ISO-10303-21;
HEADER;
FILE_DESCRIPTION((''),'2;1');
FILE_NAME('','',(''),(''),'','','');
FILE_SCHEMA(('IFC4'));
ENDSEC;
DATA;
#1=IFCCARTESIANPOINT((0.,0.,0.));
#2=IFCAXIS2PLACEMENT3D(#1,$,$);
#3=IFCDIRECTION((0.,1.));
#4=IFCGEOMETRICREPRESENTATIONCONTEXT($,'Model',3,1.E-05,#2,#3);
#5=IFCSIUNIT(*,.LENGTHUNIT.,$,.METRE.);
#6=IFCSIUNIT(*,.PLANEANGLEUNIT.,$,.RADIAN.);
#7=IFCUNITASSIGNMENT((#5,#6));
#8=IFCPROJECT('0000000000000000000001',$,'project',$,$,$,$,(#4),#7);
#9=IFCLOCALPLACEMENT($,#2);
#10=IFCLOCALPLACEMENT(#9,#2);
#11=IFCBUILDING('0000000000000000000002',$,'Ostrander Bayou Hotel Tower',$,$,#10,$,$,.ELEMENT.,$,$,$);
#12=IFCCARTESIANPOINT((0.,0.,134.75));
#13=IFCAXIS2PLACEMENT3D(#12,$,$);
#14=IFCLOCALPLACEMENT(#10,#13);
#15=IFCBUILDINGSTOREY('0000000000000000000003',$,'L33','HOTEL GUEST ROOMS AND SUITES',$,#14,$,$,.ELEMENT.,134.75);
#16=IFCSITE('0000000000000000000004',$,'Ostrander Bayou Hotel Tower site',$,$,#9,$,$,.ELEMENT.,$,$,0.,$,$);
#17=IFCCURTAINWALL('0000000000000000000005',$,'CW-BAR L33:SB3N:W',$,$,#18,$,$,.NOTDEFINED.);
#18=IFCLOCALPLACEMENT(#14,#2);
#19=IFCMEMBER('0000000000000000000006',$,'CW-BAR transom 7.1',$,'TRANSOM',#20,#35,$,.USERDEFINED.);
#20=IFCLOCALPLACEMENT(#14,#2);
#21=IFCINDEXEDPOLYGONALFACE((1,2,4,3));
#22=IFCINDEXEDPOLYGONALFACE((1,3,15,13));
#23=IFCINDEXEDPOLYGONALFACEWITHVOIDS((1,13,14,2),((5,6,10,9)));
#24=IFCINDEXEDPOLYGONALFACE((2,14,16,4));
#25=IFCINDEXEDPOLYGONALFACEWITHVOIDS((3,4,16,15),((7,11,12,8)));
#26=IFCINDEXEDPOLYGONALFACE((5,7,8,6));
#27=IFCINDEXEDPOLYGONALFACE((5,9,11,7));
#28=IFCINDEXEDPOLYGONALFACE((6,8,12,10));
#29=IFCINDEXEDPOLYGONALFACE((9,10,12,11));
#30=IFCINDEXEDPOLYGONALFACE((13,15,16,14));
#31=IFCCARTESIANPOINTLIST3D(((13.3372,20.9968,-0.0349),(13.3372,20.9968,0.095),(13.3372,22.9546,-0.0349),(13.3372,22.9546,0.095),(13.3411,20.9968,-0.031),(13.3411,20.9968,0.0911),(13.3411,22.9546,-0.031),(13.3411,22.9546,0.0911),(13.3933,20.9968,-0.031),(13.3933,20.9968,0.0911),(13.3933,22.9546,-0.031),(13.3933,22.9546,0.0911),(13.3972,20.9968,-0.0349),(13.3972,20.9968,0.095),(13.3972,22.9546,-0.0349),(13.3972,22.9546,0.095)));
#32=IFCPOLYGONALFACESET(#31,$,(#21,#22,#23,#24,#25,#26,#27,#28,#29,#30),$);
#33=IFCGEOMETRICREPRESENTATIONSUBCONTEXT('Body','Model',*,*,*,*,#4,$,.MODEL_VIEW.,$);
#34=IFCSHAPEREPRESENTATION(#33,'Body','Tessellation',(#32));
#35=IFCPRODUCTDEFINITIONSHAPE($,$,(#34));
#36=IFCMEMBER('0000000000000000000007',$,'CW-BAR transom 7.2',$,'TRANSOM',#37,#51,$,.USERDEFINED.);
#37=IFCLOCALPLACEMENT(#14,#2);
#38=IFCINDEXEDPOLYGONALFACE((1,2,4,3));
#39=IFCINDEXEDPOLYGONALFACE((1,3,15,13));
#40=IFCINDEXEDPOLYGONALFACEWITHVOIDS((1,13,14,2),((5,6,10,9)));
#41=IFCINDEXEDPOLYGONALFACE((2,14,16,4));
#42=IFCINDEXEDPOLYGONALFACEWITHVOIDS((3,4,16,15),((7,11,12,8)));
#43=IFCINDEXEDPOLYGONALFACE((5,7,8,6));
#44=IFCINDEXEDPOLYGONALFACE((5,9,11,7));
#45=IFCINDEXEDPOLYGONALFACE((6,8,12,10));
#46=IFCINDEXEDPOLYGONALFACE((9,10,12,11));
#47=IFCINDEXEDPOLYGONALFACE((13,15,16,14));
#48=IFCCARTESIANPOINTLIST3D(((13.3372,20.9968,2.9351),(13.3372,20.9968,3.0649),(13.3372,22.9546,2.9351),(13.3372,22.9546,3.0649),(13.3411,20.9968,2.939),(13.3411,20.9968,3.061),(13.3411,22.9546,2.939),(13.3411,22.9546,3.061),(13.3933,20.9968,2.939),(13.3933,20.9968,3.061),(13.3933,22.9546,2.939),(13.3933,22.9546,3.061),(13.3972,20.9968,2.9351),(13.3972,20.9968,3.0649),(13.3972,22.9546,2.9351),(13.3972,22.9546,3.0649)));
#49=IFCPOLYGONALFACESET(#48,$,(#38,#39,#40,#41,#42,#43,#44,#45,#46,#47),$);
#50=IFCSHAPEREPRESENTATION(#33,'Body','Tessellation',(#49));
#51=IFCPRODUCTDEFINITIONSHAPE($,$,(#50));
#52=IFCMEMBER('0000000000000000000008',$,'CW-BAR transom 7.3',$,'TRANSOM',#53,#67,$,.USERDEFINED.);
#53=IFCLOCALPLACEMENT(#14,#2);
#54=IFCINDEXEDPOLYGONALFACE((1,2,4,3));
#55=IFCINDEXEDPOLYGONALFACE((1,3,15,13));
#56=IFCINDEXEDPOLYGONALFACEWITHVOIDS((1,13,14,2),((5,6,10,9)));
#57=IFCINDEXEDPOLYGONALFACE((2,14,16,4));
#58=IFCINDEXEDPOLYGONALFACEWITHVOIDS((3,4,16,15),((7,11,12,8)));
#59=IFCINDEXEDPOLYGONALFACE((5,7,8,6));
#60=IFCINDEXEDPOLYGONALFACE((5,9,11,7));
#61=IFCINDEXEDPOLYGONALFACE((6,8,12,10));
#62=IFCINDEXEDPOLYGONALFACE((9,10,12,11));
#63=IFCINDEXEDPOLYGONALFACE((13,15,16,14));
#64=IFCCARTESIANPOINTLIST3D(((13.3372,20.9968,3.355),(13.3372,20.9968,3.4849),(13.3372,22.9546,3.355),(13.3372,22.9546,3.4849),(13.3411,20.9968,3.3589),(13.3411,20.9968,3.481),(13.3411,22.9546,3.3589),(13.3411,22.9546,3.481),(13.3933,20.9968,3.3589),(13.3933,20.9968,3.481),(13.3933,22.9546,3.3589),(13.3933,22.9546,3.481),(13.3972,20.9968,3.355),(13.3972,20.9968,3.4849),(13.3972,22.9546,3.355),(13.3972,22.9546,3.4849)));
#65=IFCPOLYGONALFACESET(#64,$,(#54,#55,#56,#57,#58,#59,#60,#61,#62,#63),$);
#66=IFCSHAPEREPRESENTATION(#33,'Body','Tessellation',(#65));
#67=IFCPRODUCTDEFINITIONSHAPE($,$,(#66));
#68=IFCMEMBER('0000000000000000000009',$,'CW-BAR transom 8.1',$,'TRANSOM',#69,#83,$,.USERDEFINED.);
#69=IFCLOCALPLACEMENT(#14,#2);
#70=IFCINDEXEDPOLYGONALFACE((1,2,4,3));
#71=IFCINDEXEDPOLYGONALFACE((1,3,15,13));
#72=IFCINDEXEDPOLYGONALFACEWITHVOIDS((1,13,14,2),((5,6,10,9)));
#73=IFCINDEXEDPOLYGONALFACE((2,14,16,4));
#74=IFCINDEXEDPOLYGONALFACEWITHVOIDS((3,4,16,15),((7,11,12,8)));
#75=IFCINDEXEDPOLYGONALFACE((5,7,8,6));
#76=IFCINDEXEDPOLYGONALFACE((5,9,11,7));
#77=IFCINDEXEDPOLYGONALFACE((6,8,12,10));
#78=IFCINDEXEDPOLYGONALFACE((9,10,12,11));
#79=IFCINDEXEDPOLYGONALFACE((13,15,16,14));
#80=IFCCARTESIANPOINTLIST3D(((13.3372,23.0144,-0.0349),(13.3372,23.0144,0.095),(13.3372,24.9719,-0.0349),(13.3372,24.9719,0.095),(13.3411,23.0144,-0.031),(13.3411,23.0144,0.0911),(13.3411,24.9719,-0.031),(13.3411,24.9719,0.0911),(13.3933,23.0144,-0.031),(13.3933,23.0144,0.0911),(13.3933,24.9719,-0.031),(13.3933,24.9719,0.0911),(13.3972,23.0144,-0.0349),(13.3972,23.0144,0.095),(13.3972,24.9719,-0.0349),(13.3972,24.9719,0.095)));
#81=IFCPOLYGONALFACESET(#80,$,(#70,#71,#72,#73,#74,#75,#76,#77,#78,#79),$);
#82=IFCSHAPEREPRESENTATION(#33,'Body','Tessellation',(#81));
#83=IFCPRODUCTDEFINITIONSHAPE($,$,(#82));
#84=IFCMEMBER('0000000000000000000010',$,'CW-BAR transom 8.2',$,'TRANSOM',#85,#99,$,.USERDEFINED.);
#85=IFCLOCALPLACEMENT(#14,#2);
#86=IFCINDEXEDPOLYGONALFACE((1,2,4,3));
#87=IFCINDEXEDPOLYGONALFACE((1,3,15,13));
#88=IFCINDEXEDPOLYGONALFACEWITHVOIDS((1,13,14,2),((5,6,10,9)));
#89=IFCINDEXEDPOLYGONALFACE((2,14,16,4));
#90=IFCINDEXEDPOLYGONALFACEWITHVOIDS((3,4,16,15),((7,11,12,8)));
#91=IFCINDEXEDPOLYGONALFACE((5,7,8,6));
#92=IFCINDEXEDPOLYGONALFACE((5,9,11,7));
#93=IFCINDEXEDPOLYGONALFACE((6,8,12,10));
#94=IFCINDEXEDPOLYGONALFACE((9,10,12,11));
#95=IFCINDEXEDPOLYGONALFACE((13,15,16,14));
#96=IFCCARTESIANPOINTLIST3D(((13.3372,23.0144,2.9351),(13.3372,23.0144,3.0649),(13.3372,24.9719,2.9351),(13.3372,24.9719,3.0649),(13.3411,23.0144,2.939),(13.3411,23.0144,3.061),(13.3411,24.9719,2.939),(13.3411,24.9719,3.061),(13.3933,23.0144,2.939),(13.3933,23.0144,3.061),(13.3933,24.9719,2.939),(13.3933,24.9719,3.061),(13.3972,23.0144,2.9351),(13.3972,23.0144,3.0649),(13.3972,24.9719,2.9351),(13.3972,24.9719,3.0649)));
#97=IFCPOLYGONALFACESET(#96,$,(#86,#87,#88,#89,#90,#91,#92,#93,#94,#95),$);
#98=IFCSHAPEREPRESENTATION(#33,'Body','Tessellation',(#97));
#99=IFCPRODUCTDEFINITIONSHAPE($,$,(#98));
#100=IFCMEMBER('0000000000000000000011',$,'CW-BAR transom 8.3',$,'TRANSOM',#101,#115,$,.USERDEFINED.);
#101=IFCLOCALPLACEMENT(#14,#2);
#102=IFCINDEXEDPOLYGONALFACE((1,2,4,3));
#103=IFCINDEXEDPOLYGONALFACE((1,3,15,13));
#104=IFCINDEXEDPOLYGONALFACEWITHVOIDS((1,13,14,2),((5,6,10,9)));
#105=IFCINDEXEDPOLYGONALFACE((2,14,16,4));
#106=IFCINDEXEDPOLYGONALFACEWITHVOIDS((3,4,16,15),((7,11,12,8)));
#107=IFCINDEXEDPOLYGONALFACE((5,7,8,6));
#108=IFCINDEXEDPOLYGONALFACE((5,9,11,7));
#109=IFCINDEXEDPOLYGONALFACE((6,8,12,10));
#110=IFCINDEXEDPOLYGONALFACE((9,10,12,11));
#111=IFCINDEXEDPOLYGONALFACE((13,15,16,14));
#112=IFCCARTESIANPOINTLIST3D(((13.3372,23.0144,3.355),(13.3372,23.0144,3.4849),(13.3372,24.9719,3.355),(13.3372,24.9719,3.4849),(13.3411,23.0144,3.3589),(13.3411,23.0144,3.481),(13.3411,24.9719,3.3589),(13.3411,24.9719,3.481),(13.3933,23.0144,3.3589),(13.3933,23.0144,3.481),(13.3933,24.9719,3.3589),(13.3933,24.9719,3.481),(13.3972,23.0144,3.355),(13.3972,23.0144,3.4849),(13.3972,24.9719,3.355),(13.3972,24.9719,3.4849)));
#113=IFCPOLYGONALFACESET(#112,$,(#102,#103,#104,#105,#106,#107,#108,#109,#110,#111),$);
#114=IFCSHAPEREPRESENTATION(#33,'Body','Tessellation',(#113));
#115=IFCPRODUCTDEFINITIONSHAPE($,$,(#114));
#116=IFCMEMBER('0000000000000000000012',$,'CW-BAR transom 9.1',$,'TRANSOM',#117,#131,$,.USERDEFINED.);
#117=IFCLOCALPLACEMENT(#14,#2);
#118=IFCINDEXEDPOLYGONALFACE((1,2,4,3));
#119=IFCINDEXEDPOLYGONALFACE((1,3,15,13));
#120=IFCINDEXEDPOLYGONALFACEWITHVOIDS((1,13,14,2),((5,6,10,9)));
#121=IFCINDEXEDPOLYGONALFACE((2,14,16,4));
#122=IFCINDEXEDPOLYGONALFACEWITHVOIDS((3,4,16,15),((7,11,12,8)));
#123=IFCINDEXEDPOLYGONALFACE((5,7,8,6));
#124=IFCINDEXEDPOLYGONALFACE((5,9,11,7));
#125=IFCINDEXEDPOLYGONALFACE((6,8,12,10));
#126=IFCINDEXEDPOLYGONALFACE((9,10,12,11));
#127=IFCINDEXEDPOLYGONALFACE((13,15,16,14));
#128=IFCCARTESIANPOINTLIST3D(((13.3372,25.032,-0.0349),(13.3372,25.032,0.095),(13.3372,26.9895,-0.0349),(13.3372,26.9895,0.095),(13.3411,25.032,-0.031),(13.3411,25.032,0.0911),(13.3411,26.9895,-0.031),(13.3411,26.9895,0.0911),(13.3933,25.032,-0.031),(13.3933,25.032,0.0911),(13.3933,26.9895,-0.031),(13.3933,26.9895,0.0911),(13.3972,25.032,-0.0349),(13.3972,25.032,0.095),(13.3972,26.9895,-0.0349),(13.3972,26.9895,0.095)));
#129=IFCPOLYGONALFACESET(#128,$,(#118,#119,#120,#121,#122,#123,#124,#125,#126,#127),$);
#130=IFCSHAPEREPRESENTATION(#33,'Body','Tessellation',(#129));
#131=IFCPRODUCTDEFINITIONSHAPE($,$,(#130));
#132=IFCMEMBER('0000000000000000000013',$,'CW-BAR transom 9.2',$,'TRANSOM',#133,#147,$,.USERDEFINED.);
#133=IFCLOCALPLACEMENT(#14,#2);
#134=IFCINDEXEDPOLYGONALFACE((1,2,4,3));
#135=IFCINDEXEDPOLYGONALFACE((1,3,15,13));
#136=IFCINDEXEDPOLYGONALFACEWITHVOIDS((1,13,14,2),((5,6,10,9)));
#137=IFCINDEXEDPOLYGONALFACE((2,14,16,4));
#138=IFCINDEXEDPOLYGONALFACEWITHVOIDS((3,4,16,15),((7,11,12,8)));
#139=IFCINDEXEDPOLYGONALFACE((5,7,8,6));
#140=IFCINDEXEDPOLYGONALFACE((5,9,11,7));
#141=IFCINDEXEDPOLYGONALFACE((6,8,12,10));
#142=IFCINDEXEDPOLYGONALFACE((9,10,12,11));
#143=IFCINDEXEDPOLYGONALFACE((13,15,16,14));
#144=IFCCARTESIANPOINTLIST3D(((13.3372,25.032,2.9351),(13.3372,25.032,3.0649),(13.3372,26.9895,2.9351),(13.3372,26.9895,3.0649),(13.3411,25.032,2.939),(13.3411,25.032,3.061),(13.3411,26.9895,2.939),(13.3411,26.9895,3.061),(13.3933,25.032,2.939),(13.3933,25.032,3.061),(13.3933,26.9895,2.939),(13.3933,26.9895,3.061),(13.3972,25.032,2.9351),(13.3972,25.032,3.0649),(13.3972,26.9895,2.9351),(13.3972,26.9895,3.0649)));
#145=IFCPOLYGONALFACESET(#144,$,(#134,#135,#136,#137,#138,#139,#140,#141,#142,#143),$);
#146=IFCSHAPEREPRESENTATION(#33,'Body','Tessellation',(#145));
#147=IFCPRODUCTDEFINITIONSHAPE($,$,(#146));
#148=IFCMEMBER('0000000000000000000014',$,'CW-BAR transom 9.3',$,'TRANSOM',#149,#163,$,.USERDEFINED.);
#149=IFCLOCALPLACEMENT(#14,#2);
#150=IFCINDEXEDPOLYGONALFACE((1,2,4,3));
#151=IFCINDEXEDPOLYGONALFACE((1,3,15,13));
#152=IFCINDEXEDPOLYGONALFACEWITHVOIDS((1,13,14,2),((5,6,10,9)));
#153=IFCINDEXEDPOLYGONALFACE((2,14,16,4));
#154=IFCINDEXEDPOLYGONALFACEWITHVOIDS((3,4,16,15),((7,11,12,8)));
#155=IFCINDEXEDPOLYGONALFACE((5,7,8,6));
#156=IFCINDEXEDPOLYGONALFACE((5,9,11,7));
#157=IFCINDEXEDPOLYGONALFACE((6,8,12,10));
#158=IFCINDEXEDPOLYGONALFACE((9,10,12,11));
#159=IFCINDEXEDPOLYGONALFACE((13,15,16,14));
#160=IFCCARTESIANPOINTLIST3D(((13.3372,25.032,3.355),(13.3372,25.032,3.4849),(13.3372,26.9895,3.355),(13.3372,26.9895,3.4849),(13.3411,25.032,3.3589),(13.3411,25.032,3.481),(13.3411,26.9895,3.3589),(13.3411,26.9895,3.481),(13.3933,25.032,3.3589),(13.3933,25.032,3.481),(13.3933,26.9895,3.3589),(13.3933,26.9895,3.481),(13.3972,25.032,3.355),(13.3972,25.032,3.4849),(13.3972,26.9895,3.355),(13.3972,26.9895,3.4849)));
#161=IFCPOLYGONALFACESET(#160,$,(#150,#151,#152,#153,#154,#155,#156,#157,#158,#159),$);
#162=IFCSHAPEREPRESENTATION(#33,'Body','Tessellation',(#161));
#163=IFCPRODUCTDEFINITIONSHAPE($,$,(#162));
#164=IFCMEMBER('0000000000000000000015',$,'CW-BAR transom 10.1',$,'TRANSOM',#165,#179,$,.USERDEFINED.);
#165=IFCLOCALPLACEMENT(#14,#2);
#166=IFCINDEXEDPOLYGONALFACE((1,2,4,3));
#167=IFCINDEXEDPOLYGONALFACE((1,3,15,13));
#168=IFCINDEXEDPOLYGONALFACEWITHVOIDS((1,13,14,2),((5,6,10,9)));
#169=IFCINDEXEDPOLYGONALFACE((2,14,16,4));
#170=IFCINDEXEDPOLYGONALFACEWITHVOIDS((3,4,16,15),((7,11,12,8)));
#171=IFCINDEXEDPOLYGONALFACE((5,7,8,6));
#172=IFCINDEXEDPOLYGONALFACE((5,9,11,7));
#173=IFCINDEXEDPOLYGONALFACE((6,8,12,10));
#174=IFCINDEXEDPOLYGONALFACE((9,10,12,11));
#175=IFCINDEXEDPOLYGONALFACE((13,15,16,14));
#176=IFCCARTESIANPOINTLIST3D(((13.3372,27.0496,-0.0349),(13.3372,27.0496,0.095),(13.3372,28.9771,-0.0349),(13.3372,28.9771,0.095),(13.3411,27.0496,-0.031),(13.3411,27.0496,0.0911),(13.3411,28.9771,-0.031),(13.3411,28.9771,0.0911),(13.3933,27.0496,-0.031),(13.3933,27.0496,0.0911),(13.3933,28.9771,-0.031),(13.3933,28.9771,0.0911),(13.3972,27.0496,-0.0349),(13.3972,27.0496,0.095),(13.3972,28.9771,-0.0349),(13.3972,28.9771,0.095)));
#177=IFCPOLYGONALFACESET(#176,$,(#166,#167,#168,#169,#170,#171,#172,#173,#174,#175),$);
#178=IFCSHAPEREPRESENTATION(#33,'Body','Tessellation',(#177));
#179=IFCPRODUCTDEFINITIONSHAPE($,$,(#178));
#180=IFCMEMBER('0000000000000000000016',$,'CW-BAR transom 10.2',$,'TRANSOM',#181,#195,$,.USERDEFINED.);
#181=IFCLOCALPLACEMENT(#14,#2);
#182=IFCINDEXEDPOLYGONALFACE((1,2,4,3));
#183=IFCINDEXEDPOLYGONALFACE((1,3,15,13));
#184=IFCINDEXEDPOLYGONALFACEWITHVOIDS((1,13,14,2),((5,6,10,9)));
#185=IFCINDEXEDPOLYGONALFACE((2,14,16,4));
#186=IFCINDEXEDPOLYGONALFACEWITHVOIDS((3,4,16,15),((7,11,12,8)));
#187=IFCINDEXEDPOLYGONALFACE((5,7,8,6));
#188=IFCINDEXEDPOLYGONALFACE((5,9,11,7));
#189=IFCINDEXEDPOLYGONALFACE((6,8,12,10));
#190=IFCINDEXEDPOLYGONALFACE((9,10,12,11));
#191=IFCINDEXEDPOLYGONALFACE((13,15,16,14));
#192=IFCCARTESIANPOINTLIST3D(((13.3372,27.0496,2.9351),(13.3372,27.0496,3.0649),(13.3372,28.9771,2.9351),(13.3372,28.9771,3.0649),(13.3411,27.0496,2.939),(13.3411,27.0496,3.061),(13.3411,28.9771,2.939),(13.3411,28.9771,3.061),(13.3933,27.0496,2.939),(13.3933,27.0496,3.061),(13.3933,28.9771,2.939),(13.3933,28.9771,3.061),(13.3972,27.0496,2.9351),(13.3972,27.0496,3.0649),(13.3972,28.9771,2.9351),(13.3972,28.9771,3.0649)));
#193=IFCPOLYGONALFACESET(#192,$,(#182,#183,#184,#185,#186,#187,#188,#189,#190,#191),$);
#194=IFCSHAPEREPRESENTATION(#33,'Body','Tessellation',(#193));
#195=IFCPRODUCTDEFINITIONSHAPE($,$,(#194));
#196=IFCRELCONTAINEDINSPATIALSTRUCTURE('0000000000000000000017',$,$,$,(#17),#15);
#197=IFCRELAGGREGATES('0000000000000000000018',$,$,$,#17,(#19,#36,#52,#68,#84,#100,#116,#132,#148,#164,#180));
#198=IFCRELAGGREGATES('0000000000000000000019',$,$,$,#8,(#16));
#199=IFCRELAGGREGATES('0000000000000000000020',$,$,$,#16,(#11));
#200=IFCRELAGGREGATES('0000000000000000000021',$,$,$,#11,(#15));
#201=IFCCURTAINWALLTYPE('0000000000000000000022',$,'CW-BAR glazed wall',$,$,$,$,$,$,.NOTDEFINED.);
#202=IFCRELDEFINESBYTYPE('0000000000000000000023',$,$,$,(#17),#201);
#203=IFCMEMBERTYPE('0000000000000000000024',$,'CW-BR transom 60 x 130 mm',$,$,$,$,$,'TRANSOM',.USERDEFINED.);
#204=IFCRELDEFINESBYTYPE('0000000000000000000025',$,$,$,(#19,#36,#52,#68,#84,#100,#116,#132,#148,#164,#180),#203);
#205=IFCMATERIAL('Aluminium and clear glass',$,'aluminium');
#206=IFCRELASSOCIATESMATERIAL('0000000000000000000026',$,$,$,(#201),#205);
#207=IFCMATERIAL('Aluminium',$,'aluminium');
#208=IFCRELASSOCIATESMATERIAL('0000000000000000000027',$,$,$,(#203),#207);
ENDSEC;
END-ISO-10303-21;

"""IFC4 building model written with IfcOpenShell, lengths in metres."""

from ifc_helpers import new_model, si_unit, direction, frame, origin, origin_2d, place, context, subcontext, project, spatial, hollow_rectangle, extrude, material, material_profile, profile_set, type_object, element, aggregate, save


model = new_model("IFC4")

# Units and contexts
model_context = context("Model", 3, precision=1e-05, world=origin(), true_north=direction((0.0, 1.0)))
body_context = subcontext(model_context, "Body", "Model", "MODEL_VIEW")
ifc_project = project(units=[si_unit("LENGTHUNIT", "METRE"), si_unit("PLANEANGLEUNIT", "RADIAN")], contexts=[model_context])

# Site, building, storey
site_placement = place(None, origin())
site = spatial("IfcSite", under=ifc_project, at=site_placement, Name="Ostrander Bayou Hotel Tower site", CompositionType="ELEMENT", RefElevation=0.0)
building_placement = place(site_placement, origin())
building = spatial("IfcBuilding", under=site, at=building_placement, Name="Ostrander Bayou Hotel Tower", CompositionType="ELEMENT")
storey_placement = place(building_placement, frame((0.0, 0.0, 134.75)))
storey = spatial("IfcBuildingStorey", under=building, at=storey_placement, Name="L33", Description="HOTEL GUEST ROOMS AND SUITES", CompositionType="ELEMENT", Elevation=134.75)

# Shared definitions
ifc_material_1 = material(Name="Aluminium and clear glass", Category="aluminium")
curtain_wall_type = type_object("IfcCurtainWallType", Name="CW-BAR glazed wall", PredefinedType="NOTDEFINED", material=ifc_material_1)

# Curtain wall
curtain_wall_1_placement = place(storey_placement, origin())
curtain_wall_1 = element("IfcCurtainWall", 1, at=curtain_wall_1_placement, inside=storey, type_object=curtain_wall_type, Name="CW-BAR L33:SB3N:W", PredefinedType="NOTDEFINED")

# Members
ifc_material_2 = material(Name="Aluminium", Category="aluminium")
ifc_material_profile_1 = material_profile(ifc_material_2, hollow_rectangle(XDim=0.0601, YDim=0.1299, WallThickness=0.0039, at=origin_2d()))
ifc_profile_set_1 = profile_set([ifc_material_profile_1], Name="Aluminium")
member_type_1 = type_object("IfcMemberType", Name="CW-BR transom 60 x 130 mm", ElementType="TRANSOM", PredefinedType="USERDEFINED", material=ifc_profile_set_1)
member_1_placement = place(storey_placement, frame((13.3672, 20.9968, 0.03), z_axis=(0.0, 1.0, 0.0), x_axis=(-1.0, 0.0, 0.0)))
member_1 = element("IfcMember", 2, at=member_1_placement, type_object=member_type_1, Name="CW-BAR transom 7.1", ObjectType="TRANSOM", PredefinedType="USERDEFINED", context=body_context, shape_type="SweptSolid", body=[
    extrude(hollow_rectangle(XDim=0.0601, YDim=0.1299, WallThickness=0.0039, at=origin_2d()), origin(), (0.0, 0.0, 1.0), 1.9578),
])
member_2_placement = place(storey_placement, frame((13.3672, 20.9968, 3.0), z_axis=(0.0, 1.0, 0.0), x_axis=(-1.0, 0.0, 0.0)))
member_2 = element("IfcMember", 3, at=member_2_placement, type_object=member_type_1, Name="CW-BAR transom 7.2", ObjectType="TRANSOM", PredefinedType="USERDEFINED", context=body_context, shape_type="SweptSolid", body=[
    extrude(hollow_rectangle(XDim=0.0601, YDim=0.1299, WallThickness=0.0039, at=origin_2d()), origin(), (0.0, 0.0, 1.0), 1.9578),
])
member_3_placement = place(storey_placement, frame((13.3672, 20.9968, 3.4199), z_axis=(0.0, 1.0, 0.0), x_axis=(-1.0, 0.0, 0.0)))
member_3 = element("IfcMember", 4, at=member_3_placement, type_object=member_type_1, Name="CW-BAR transom 7.3", ObjectType="TRANSOM", PredefinedType="USERDEFINED", context=body_context, shape_type="SweptSolid", body=[
    extrude(hollow_rectangle(XDim=0.0601, YDim=0.1299, WallThickness=0.0039, at=origin_2d()), origin(), (0.0, 0.0, 1.0), 1.9578),
])
member_4_placement = place(storey_placement, frame((13.3672, 23.0144, 0.03), z_axis=(0.0, 1.0, 0.0), x_axis=(-1.0, 0.0, 0.0)))
member_4 = element("IfcMember", 5, at=member_4_placement, type_object=member_type_1, Name="CW-BAR transom 8.1", ObjectType="TRANSOM", PredefinedType="USERDEFINED", context=body_context, shape_type="SweptSolid", body=[
    extrude(hollow_rectangle(XDim=0.0601, YDim=0.1299, WallThickness=0.0039, at=origin_2d()), origin(), (0.0, 0.0, 1.0), 1.9575),
])
member_5_placement = place(storey_placement, frame((13.3672, 23.0144, 3.0), z_axis=(0.0, 1.0, 0.0), x_axis=(-1.0, 0.0, 0.0)))
member_5 = element("IfcMember", 6, at=member_5_placement, type_object=member_type_1, Name="CW-BAR transom 8.2", ObjectType="TRANSOM", PredefinedType="USERDEFINED", context=body_context, shape_type="SweptSolid", body=[
    extrude(hollow_rectangle(XDim=0.0601, YDim=0.1299, WallThickness=0.0039, at=origin_2d()), origin(), (0.0, 0.0, 1.0), 1.9575),
])
member_6_placement = place(storey_placement, frame((13.3672, 23.0144, 3.4199), z_axis=(0.0, 1.0, 0.0), x_axis=(-1.0, 0.0, 0.0)))
member_6 = element("IfcMember", 7, at=member_6_placement, type_object=member_type_1, Name="CW-BAR transom 8.3", ObjectType="TRANSOM", PredefinedType="USERDEFINED", context=body_context, shape_type="SweptSolid", body=[
    extrude(hollow_rectangle(XDim=0.0601, YDim=0.1299, WallThickness=0.0039, at=origin_2d()), origin(), (0.0, 0.0, 1.0), 1.9575),
])
member_7_placement = place(storey_placement, frame((13.3672, 25.032, 0.03), z_axis=(0.0, 1.0, 0.0), x_axis=(-1.0, 0.0, 0.0)))
member_7 = element("IfcMember", 8, at=member_7_placement, type_object=member_type_1, Name="CW-BAR transom 9.1", ObjectType="TRANSOM", PredefinedType="USERDEFINED", context=body_context, shape_type="SweptSolid", body=[
    extrude(hollow_rectangle(XDim=0.0601, YDim=0.1299, WallThickness=0.0039, at=origin_2d()), origin(), (0.0, 0.0, 1.0), 1.9575),
])
member_8_placement = place(storey_placement, frame((13.3672, 25.032, 3.0), z_axis=(0.0, 1.0, 0.0), x_axis=(-1.0, 0.0, 0.0)))
member_8 = element("IfcMember", 9, at=member_8_placement, type_object=member_type_1, Name="CW-BAR transom 9.2", ObjectType="TRANSOM", PredefinedType="USERDEFINED", context=body_context, shape_type="SweptSolid", body=[
    extrude(hollow_rectangle(XDim=0.0601, YDim=0.1299, WallThickness=0.0039, at=origin_2d()), origin(), (0.0, 0.0, 1.0), 1.9575),
])
member_9_placement = place(storey_placement, frame((13.3672, 25.032, 3.4199), z_axis=(0.0, 1.0, 0.0), x_axis=(-1.0, 0.0, 0.0)))
member_9 = element("IfcMember", 10, at=member_9_placement, type_object=member_type_1, Name="CW-BAR transom 9.3", ObjectType="TRANSOM", PredefinedType="USERDEFINED", context=body_context, shape_type="SweptSolid", body=[
    extrude(hollow_rectangle(XDim=0.0601, YDim=0.1299, WallThickness=0.0039, at=origin_2d()), origin(), (0.0, 0.0, 1.0), 1.9575),
])
member_10_placement = place(storey_placement, frame((13.3672, 27.0496, 0.03), z_axis=(0.0, 1.0, 0.0), x_axis=(-1.0, 0.0, 0.0)))
member_10 = element("IfcMember", 11, at=member_10_placement, type_object=member_type_1, Name="CW-BAR transom 10.1", ObjectType="TRANSOM", PredefinedType="USERDEFINED", context=body_context, shape_type="SweptSolid", body=[
    extrude(hollow_rectangle(XDim=0.0601, YDim=0.1299, WallThickness=0.0039, at=origin_2d()), origin(), (0.0, 0.0, 1.0), 1.9275),
])
member_11_placement = place(storey_placement, frame((13.3672, 27.0496, 3.0), z_axis=(0.0, 1.0, 0.0), x_axis=(-1.0, 0.0, 0.0)))
member_11 = element("IfcMember", 12, at=member_11_placement, type_object=member_type_1, Name="CW-BAR transom 10.2", ObjectType="TRANSOM", PredefinedType="USERDEFINED", context=body_context, shape_type="SweptSolid", body=[
    extrude(hollow_rectangle(XDim=0.0601, YDim=0.1299, WallThickness=0.0039, at=origin_2d()), origin(), (0.0, 0.0, 1.0), 1.9275),
])

aggregate(curtain_wall_1, [member_1, member_2, member_3, member_4, member_5, member_6, member_7, member_8, member_9, member_10, member_11])

save(model, "model.ifc")
